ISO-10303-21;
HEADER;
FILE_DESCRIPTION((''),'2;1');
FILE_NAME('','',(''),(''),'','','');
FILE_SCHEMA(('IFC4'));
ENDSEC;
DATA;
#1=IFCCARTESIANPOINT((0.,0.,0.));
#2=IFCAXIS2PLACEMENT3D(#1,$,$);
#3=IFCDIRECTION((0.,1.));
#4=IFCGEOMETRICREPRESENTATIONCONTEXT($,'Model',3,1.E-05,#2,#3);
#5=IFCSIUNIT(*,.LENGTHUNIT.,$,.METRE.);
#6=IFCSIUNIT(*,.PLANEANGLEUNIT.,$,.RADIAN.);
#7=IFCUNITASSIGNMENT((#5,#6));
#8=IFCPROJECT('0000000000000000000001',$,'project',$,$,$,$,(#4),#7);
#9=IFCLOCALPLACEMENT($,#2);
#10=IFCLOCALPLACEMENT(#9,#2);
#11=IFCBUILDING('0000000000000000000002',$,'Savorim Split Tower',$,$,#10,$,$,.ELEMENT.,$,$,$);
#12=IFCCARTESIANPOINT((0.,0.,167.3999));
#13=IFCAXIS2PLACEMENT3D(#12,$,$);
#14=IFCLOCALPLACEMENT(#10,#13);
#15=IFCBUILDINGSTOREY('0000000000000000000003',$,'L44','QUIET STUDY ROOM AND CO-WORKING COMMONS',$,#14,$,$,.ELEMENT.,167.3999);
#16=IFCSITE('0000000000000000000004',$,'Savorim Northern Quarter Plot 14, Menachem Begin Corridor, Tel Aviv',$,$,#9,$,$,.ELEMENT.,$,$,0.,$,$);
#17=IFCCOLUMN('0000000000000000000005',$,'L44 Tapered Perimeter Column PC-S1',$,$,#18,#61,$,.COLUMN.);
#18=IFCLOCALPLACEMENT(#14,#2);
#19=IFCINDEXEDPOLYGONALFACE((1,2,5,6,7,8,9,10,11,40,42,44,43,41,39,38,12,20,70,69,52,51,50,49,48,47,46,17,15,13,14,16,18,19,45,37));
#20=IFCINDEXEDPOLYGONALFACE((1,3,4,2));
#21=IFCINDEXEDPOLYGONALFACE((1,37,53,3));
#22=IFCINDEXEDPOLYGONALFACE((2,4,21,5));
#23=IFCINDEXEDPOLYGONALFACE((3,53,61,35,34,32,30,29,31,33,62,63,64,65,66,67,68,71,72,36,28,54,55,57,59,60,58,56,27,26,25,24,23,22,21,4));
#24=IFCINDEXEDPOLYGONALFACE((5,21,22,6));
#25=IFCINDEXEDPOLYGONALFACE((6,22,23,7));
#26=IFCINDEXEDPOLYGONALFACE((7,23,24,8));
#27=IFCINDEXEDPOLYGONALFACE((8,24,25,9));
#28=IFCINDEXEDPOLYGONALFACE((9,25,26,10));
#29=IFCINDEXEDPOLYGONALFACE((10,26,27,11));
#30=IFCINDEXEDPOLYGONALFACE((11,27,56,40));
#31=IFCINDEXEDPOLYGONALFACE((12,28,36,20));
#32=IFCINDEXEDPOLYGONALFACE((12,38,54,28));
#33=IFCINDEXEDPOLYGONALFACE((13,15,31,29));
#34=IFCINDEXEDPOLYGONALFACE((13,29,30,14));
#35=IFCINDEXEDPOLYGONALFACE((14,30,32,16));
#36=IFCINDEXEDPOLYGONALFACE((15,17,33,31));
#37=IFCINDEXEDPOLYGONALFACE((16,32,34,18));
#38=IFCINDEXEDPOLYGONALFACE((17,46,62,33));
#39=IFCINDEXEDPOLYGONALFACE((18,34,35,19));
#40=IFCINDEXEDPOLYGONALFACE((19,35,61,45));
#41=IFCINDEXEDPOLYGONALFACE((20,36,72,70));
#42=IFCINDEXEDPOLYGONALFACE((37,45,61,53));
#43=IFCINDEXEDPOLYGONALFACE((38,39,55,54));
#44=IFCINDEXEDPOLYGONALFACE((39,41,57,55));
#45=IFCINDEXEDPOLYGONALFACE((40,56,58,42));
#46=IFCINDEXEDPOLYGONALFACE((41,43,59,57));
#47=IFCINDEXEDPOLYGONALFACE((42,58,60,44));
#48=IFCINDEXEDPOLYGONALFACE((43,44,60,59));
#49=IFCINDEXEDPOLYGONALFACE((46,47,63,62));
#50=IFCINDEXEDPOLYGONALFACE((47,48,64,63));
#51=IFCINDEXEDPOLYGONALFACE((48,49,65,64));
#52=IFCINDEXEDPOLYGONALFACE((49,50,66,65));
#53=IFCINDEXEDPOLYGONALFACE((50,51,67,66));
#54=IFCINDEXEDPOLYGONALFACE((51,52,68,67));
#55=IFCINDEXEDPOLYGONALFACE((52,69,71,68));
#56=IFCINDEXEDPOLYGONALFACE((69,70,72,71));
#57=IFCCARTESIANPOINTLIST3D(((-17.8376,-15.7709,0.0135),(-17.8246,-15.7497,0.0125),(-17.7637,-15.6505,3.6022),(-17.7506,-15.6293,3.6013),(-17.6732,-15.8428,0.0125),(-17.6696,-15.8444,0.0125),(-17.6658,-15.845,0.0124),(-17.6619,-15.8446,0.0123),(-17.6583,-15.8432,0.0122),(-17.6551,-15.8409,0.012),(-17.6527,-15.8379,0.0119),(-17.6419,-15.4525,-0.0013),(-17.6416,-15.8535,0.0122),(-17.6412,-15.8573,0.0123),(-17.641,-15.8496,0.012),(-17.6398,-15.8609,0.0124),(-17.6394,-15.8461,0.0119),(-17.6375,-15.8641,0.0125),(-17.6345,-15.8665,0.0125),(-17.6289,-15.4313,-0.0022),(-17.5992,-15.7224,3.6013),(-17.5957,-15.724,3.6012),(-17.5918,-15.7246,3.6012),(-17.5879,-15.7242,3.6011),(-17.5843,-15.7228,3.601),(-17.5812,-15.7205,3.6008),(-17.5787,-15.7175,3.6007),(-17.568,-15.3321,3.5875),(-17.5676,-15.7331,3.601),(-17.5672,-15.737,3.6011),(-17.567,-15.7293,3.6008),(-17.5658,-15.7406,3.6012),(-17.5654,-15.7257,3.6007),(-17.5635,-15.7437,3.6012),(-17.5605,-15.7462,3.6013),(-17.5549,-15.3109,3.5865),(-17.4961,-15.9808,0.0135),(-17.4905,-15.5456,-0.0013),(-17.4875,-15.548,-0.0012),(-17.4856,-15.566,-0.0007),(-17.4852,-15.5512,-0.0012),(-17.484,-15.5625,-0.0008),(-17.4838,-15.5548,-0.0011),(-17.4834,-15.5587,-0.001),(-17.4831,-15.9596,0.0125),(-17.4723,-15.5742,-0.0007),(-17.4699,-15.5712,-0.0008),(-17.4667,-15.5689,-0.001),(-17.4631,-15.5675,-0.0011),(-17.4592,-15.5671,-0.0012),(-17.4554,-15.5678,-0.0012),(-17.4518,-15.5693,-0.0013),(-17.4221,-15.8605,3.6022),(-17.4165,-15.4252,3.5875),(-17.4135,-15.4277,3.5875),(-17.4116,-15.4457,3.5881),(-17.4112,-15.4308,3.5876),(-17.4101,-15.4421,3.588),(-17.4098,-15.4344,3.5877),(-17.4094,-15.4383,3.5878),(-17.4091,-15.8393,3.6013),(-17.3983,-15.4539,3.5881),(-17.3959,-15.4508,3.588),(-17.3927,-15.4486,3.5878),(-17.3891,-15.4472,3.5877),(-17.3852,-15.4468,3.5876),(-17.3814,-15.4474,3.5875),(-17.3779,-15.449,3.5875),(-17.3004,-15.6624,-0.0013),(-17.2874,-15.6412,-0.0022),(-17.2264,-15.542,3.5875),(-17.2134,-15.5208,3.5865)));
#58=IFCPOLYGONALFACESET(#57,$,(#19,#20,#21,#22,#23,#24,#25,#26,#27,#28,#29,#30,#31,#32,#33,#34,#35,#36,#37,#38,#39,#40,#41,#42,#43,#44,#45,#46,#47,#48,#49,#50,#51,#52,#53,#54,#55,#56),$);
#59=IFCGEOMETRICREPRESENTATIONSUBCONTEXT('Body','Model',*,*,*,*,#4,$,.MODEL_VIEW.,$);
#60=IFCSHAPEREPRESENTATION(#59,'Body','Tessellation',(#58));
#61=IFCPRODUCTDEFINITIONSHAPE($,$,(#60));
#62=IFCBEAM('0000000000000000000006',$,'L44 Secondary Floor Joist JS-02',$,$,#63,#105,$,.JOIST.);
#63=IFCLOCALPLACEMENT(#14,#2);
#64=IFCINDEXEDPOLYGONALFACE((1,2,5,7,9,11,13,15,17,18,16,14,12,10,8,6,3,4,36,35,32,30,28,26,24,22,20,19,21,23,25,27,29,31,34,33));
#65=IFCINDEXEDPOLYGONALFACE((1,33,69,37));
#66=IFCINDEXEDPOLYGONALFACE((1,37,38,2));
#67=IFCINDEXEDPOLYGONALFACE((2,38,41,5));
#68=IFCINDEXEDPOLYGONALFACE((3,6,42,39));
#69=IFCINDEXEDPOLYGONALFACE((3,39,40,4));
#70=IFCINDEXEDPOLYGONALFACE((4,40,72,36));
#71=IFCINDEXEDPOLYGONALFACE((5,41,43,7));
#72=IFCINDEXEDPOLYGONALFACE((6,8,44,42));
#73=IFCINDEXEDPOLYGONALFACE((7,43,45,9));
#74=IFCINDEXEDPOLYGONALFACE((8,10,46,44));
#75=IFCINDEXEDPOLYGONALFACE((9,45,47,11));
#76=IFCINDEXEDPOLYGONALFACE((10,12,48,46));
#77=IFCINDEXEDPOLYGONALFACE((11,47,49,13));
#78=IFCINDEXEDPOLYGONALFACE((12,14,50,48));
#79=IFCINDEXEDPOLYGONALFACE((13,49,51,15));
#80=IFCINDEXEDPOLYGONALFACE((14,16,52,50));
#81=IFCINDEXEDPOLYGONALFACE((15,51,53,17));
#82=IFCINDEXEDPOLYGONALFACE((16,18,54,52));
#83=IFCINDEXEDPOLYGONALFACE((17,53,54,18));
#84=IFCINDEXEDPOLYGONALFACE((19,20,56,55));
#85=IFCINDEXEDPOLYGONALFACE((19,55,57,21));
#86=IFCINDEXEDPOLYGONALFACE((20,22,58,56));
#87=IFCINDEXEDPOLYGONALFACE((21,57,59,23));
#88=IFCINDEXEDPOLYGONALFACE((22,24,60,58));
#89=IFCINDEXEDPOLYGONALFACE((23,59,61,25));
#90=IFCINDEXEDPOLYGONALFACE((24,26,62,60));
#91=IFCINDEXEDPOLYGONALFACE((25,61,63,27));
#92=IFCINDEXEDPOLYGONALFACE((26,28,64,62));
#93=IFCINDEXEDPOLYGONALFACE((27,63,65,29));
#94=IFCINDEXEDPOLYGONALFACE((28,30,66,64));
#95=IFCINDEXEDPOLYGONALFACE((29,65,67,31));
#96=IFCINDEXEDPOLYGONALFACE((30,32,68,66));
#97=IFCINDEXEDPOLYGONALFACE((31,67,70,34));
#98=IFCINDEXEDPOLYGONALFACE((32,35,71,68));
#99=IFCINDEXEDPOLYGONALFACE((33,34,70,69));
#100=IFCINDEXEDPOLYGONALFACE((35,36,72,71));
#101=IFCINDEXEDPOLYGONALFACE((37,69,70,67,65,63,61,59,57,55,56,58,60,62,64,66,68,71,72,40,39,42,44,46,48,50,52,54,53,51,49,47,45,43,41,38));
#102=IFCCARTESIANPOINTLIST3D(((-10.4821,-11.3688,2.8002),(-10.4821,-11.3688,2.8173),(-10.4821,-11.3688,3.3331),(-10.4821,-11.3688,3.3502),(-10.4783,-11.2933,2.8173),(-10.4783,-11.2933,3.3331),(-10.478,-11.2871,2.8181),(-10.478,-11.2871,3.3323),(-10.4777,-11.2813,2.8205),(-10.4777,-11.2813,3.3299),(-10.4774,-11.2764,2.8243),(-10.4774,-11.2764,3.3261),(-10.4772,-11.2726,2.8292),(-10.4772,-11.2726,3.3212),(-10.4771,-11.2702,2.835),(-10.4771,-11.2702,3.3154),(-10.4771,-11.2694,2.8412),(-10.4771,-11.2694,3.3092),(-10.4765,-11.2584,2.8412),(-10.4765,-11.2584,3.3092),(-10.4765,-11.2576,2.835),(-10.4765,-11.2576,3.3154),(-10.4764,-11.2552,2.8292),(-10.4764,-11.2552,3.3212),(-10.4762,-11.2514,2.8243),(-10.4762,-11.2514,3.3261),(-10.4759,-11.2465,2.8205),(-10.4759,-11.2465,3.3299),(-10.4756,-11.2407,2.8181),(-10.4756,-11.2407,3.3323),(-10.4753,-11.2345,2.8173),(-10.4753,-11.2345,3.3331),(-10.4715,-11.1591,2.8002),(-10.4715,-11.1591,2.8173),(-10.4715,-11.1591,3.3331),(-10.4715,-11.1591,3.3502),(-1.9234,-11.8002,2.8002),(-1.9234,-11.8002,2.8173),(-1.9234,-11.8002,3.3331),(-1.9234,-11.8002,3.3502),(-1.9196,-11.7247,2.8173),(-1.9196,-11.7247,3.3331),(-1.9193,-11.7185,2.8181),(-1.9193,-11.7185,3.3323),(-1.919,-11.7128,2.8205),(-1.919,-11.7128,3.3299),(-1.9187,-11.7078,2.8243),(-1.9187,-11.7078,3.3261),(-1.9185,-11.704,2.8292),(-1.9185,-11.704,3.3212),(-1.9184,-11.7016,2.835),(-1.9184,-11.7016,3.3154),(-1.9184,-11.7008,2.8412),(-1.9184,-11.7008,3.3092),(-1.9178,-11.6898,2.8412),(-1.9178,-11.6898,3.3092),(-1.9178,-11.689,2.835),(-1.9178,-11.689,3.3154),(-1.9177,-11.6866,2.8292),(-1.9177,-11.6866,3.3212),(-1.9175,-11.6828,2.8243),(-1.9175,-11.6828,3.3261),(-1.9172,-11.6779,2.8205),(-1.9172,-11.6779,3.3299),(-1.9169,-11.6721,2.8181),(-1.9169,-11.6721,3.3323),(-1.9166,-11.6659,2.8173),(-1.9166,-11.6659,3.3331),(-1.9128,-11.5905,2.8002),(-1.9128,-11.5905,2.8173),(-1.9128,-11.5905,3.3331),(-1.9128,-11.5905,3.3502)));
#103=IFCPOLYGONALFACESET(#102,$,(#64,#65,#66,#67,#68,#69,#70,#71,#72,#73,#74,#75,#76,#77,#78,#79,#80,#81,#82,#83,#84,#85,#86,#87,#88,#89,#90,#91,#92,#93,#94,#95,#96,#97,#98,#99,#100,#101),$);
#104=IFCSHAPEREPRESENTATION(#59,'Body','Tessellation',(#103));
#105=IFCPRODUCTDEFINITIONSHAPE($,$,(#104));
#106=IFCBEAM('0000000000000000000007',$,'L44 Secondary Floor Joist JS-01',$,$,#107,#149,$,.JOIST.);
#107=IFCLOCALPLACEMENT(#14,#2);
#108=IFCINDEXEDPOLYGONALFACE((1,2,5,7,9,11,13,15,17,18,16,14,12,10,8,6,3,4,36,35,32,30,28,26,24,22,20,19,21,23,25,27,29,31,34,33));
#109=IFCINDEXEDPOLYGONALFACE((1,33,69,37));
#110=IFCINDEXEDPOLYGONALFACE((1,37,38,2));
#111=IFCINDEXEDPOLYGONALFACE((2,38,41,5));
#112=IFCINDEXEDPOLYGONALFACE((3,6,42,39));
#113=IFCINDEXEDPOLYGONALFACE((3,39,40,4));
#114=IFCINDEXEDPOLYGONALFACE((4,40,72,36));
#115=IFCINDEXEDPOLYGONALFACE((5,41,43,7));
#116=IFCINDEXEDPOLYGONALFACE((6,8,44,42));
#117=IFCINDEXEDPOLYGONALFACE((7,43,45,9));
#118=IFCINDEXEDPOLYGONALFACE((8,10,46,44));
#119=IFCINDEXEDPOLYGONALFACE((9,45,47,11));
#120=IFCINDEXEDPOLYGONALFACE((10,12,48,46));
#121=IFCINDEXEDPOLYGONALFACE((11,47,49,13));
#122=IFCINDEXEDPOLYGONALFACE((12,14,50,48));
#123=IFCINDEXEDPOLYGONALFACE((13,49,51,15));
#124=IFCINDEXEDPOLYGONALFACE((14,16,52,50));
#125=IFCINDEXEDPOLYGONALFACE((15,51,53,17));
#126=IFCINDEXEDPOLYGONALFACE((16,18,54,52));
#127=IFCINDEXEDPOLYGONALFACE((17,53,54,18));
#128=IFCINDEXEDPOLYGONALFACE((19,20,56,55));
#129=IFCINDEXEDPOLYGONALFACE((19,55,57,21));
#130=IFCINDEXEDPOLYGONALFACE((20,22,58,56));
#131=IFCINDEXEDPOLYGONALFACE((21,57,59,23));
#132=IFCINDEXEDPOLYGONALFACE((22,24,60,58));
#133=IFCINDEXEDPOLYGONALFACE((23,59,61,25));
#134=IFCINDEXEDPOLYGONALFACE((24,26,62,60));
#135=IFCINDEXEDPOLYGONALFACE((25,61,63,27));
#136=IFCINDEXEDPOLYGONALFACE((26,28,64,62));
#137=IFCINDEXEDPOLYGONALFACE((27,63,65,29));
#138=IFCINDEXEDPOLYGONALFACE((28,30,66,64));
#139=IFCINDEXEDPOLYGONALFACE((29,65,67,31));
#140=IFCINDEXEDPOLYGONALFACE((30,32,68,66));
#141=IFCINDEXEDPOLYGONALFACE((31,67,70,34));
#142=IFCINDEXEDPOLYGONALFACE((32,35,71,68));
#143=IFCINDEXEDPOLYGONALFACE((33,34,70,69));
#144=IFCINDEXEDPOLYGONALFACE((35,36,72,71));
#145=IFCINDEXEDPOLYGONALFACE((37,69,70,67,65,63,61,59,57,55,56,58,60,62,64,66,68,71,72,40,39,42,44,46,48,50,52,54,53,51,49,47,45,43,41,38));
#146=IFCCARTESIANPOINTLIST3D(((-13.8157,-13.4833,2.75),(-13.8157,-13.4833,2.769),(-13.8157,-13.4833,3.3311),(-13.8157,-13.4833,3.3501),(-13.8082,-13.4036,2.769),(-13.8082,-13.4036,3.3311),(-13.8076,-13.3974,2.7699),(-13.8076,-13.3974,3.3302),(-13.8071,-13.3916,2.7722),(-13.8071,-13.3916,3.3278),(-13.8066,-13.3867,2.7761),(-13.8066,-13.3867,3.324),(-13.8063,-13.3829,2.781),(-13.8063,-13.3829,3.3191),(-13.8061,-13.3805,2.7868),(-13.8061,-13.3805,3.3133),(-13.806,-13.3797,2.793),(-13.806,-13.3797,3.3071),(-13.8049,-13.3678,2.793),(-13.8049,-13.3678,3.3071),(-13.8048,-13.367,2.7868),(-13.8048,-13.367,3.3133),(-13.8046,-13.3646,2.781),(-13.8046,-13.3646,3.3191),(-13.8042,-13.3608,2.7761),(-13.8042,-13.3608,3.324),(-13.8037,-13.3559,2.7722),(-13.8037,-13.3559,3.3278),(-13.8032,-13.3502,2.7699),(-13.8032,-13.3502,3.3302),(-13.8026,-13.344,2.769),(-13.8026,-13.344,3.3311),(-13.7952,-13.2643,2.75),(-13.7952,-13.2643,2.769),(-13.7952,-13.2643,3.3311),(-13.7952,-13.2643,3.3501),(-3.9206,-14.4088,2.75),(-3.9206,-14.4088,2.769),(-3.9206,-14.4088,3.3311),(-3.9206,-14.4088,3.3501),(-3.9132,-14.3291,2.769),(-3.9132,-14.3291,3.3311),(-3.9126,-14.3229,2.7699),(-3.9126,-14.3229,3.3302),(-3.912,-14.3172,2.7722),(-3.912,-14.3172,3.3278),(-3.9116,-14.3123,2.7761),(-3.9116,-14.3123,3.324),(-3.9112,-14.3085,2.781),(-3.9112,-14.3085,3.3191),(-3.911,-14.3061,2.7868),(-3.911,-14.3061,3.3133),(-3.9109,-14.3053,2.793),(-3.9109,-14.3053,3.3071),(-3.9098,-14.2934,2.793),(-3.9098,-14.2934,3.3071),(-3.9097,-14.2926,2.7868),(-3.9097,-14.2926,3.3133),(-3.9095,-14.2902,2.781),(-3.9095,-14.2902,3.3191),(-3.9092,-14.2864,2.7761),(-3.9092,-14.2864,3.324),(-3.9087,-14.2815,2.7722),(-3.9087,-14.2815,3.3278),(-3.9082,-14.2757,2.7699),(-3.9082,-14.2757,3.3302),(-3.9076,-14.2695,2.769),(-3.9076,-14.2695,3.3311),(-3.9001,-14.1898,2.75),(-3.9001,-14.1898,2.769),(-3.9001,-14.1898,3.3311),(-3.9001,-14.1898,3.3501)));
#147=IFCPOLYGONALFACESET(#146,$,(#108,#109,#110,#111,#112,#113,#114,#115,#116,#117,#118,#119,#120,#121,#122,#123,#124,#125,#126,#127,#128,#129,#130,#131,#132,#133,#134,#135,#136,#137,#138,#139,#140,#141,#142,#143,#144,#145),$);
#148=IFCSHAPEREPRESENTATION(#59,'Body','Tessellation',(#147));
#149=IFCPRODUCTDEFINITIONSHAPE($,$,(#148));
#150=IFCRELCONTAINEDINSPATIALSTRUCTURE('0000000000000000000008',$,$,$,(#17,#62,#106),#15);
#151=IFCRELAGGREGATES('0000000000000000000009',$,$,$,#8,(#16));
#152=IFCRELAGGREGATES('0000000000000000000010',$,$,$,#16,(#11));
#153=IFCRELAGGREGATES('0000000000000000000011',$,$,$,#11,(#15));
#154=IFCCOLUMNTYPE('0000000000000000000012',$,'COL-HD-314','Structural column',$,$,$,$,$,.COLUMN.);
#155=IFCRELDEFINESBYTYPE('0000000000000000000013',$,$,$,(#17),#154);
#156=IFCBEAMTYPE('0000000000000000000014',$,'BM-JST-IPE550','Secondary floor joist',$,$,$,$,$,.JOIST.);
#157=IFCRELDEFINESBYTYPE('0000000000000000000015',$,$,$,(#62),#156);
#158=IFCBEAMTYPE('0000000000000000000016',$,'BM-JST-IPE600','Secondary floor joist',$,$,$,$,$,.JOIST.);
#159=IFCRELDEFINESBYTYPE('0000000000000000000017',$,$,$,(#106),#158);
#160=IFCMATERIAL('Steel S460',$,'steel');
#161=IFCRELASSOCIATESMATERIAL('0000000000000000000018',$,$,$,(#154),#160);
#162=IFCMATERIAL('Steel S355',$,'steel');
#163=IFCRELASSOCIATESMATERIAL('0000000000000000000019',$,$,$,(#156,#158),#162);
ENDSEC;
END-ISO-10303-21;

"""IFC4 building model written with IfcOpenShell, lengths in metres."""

from ifc_helpers import new_model, si_unit, direction, frame, origin, origin_2d, place, context, subcontext, project, spatial, i_section, extrude, material, material_profile, profile_set, type_object, element, save


model = new_model("IFC4")

# Units and contexts
model_context = context("Model", 3, precision=1e-05, world=origin(), true_north=direction((0.0, 1.0)))
body_context = subcontext(model_context, "Body", "Model", "MODEL_VIEW")
ifc_project = project(units=[si_unit("LENGTHUNIT", "METRE"), si_unit("PLANEANGLEUNIT", "RADIAN")], contexts=[model_context])

# Site, building, storey
site_placement = place(None, origin())
site = spatial("IfcSite", under=ifc_project, at=site_placement, Name="Savorim Northern Quarter Plot 14, Menachem Begin Corridor, Tel Aviv", CompositionType="ELEMENT", RefElevation=0.0)
building_placement = place(site_placement, origin())
building = spatial("IfcBuilding", under=site, at=building_placement, Name="Savorim Split Tower", CompositionType="ELEMENT")
storey_placement = place(building_placement, frame((0.0, 0.0, 167.3999)))
storey = spatial("IfcBuildingStorey", under=building, at=storey_placement, Name="L44", Description="QUIET STUDY ROOM AND CO-WORKING COMMONS", CompositionType="ELEMENT", Elevation=167.3999)

# Column
ifc_material_1 = material(Name="Steel S460", Category="steel")
ifc_material_profile_1 = material_profile(ifc_material_1, i_section(OverallWidth=0.4009, OverallDepth=0.3989, WebThickness=0.0156, FlangeThickness=0.0249, FilletRadius=0.0149, at=origin_2d()), Name="HD 400x314")
ifc_profile_set_1 = profile_set([ifc_material_profile_1], Name="Steel S460")
column_type = type_object("IfcColumnType", Name="COL-HD-314", Description="Structural column", PredefinedType="COLUMN", material=ifc_profile_set_1)
column_placement = place(storey_placement, frame((-17.5625, -15.7061, 0.0056), z_axis=(0.020596, 0.033511, 0.999226), x_axis=(-0.851955, 0.523615, 0.0)))
element("IfcColumn", 1, at=column_placement, inside=storey, type_object=column_type, Name="L44 Tapered Perimeter Column PC-S1", PredefinedType="COLUMN", context=body_context, shape_type="SweptSolid", body=[
    extrude(i_section(OverallWidth=0.4009, OverallDepth=0.3989, WebThickness=0.0156, FlangeThickness=0.0249, FilletRadius=0.0149, at=origin_2d()), origin(), (0.0, 0.0, 1.0), 3.5916),
])

# Beams
ifc_material_2 = material(Name="Steel S355", Category="steel")
ifc_material_profile_2 = material_profile(ifc_material_2, i_section(OverallWidth=0.21, OverallDepth=0.55, WebThickness=0.011, FlangeThickness=0.0171, FilletRadius=0.0239, at=origin_2d()), Name="IPE 550")
ifc_profile_set_2 = profile_set([ifc_material_profile_2], Name="Steel S355")
beam_type_1 = type_object("IfcBeamType", Name="BM-JST-IPE550", Description="Secondary floor joist", PredefinedType="JOIST", material=ifc_profile_set_2)
beam_1_placement = place(storey_placement, frame((-10.4768, -11.2639, 3.0752), z_axis=(0.998732, -0.050341, 0.0), x_axis=(0.050341, 0.998732, 0.0)))
element("IfcBeam", 2, at=beam_1_placement, inside=storey, type_object=beam_type_1, Name="L44 Secondary Floor Joist JS-02", PredefinedType="JOIST", context=body_context, shape_type="SweptSolid", body=[
    extrude(i_section(OverallWidth=0.21, OverallDepth=0.55, WebThickness=0.011, FlangeThickness=0.0171, FilletRadius=0.0239, at=origin_2d()), origin(), (0.0, 0.0, 1.0), 8.5696),
])
ifc_material_profile_3 = material_profile(ifc_material_2, i_section(OverallWidth=0.22, OverallDepth=0.6001, WebThickness=0.012, FlangeThickness=0.019, FilletRadius=0.0239, at=origin_2d()), Name="IPE 600")
ifc_profile_set_3 = profile_set([ifc_material_profile_3], Name="Steel S355")
beam_type_2 = type_object("IfcBeamType", Name="BM-JST-IPE600", Description="Secondary floor joist", PredefinedType="JOIST", material=ifc_profile_set_3)
beam_2_placement = place(storey_placement, frame((-13.8054, -13.3738, 3.05), z_axis=(0.995654, -0.093129, 0.0), x_axis=(0.093129, 0.995654, 0.0)))
element("IfcBeam", 3, at=beam_2_placement, inside=storey, type_object=beam_type_2, Name="L44 Secondary Floor Joist JS-01", PredefinedType="JOIST", context=body_context, shape_type="SweptSolid", body=[
    extrude(i_section(OverallWidth=0.22, OverallDepth=0.6001, WebThickness=0.012, FlangeThickness=0.019, FilletRadius=0.0239, at=origin_2d()), origin(), (0.0, 0.0, 1.0), 9.9382),
])

save(model, "model.ifc")
